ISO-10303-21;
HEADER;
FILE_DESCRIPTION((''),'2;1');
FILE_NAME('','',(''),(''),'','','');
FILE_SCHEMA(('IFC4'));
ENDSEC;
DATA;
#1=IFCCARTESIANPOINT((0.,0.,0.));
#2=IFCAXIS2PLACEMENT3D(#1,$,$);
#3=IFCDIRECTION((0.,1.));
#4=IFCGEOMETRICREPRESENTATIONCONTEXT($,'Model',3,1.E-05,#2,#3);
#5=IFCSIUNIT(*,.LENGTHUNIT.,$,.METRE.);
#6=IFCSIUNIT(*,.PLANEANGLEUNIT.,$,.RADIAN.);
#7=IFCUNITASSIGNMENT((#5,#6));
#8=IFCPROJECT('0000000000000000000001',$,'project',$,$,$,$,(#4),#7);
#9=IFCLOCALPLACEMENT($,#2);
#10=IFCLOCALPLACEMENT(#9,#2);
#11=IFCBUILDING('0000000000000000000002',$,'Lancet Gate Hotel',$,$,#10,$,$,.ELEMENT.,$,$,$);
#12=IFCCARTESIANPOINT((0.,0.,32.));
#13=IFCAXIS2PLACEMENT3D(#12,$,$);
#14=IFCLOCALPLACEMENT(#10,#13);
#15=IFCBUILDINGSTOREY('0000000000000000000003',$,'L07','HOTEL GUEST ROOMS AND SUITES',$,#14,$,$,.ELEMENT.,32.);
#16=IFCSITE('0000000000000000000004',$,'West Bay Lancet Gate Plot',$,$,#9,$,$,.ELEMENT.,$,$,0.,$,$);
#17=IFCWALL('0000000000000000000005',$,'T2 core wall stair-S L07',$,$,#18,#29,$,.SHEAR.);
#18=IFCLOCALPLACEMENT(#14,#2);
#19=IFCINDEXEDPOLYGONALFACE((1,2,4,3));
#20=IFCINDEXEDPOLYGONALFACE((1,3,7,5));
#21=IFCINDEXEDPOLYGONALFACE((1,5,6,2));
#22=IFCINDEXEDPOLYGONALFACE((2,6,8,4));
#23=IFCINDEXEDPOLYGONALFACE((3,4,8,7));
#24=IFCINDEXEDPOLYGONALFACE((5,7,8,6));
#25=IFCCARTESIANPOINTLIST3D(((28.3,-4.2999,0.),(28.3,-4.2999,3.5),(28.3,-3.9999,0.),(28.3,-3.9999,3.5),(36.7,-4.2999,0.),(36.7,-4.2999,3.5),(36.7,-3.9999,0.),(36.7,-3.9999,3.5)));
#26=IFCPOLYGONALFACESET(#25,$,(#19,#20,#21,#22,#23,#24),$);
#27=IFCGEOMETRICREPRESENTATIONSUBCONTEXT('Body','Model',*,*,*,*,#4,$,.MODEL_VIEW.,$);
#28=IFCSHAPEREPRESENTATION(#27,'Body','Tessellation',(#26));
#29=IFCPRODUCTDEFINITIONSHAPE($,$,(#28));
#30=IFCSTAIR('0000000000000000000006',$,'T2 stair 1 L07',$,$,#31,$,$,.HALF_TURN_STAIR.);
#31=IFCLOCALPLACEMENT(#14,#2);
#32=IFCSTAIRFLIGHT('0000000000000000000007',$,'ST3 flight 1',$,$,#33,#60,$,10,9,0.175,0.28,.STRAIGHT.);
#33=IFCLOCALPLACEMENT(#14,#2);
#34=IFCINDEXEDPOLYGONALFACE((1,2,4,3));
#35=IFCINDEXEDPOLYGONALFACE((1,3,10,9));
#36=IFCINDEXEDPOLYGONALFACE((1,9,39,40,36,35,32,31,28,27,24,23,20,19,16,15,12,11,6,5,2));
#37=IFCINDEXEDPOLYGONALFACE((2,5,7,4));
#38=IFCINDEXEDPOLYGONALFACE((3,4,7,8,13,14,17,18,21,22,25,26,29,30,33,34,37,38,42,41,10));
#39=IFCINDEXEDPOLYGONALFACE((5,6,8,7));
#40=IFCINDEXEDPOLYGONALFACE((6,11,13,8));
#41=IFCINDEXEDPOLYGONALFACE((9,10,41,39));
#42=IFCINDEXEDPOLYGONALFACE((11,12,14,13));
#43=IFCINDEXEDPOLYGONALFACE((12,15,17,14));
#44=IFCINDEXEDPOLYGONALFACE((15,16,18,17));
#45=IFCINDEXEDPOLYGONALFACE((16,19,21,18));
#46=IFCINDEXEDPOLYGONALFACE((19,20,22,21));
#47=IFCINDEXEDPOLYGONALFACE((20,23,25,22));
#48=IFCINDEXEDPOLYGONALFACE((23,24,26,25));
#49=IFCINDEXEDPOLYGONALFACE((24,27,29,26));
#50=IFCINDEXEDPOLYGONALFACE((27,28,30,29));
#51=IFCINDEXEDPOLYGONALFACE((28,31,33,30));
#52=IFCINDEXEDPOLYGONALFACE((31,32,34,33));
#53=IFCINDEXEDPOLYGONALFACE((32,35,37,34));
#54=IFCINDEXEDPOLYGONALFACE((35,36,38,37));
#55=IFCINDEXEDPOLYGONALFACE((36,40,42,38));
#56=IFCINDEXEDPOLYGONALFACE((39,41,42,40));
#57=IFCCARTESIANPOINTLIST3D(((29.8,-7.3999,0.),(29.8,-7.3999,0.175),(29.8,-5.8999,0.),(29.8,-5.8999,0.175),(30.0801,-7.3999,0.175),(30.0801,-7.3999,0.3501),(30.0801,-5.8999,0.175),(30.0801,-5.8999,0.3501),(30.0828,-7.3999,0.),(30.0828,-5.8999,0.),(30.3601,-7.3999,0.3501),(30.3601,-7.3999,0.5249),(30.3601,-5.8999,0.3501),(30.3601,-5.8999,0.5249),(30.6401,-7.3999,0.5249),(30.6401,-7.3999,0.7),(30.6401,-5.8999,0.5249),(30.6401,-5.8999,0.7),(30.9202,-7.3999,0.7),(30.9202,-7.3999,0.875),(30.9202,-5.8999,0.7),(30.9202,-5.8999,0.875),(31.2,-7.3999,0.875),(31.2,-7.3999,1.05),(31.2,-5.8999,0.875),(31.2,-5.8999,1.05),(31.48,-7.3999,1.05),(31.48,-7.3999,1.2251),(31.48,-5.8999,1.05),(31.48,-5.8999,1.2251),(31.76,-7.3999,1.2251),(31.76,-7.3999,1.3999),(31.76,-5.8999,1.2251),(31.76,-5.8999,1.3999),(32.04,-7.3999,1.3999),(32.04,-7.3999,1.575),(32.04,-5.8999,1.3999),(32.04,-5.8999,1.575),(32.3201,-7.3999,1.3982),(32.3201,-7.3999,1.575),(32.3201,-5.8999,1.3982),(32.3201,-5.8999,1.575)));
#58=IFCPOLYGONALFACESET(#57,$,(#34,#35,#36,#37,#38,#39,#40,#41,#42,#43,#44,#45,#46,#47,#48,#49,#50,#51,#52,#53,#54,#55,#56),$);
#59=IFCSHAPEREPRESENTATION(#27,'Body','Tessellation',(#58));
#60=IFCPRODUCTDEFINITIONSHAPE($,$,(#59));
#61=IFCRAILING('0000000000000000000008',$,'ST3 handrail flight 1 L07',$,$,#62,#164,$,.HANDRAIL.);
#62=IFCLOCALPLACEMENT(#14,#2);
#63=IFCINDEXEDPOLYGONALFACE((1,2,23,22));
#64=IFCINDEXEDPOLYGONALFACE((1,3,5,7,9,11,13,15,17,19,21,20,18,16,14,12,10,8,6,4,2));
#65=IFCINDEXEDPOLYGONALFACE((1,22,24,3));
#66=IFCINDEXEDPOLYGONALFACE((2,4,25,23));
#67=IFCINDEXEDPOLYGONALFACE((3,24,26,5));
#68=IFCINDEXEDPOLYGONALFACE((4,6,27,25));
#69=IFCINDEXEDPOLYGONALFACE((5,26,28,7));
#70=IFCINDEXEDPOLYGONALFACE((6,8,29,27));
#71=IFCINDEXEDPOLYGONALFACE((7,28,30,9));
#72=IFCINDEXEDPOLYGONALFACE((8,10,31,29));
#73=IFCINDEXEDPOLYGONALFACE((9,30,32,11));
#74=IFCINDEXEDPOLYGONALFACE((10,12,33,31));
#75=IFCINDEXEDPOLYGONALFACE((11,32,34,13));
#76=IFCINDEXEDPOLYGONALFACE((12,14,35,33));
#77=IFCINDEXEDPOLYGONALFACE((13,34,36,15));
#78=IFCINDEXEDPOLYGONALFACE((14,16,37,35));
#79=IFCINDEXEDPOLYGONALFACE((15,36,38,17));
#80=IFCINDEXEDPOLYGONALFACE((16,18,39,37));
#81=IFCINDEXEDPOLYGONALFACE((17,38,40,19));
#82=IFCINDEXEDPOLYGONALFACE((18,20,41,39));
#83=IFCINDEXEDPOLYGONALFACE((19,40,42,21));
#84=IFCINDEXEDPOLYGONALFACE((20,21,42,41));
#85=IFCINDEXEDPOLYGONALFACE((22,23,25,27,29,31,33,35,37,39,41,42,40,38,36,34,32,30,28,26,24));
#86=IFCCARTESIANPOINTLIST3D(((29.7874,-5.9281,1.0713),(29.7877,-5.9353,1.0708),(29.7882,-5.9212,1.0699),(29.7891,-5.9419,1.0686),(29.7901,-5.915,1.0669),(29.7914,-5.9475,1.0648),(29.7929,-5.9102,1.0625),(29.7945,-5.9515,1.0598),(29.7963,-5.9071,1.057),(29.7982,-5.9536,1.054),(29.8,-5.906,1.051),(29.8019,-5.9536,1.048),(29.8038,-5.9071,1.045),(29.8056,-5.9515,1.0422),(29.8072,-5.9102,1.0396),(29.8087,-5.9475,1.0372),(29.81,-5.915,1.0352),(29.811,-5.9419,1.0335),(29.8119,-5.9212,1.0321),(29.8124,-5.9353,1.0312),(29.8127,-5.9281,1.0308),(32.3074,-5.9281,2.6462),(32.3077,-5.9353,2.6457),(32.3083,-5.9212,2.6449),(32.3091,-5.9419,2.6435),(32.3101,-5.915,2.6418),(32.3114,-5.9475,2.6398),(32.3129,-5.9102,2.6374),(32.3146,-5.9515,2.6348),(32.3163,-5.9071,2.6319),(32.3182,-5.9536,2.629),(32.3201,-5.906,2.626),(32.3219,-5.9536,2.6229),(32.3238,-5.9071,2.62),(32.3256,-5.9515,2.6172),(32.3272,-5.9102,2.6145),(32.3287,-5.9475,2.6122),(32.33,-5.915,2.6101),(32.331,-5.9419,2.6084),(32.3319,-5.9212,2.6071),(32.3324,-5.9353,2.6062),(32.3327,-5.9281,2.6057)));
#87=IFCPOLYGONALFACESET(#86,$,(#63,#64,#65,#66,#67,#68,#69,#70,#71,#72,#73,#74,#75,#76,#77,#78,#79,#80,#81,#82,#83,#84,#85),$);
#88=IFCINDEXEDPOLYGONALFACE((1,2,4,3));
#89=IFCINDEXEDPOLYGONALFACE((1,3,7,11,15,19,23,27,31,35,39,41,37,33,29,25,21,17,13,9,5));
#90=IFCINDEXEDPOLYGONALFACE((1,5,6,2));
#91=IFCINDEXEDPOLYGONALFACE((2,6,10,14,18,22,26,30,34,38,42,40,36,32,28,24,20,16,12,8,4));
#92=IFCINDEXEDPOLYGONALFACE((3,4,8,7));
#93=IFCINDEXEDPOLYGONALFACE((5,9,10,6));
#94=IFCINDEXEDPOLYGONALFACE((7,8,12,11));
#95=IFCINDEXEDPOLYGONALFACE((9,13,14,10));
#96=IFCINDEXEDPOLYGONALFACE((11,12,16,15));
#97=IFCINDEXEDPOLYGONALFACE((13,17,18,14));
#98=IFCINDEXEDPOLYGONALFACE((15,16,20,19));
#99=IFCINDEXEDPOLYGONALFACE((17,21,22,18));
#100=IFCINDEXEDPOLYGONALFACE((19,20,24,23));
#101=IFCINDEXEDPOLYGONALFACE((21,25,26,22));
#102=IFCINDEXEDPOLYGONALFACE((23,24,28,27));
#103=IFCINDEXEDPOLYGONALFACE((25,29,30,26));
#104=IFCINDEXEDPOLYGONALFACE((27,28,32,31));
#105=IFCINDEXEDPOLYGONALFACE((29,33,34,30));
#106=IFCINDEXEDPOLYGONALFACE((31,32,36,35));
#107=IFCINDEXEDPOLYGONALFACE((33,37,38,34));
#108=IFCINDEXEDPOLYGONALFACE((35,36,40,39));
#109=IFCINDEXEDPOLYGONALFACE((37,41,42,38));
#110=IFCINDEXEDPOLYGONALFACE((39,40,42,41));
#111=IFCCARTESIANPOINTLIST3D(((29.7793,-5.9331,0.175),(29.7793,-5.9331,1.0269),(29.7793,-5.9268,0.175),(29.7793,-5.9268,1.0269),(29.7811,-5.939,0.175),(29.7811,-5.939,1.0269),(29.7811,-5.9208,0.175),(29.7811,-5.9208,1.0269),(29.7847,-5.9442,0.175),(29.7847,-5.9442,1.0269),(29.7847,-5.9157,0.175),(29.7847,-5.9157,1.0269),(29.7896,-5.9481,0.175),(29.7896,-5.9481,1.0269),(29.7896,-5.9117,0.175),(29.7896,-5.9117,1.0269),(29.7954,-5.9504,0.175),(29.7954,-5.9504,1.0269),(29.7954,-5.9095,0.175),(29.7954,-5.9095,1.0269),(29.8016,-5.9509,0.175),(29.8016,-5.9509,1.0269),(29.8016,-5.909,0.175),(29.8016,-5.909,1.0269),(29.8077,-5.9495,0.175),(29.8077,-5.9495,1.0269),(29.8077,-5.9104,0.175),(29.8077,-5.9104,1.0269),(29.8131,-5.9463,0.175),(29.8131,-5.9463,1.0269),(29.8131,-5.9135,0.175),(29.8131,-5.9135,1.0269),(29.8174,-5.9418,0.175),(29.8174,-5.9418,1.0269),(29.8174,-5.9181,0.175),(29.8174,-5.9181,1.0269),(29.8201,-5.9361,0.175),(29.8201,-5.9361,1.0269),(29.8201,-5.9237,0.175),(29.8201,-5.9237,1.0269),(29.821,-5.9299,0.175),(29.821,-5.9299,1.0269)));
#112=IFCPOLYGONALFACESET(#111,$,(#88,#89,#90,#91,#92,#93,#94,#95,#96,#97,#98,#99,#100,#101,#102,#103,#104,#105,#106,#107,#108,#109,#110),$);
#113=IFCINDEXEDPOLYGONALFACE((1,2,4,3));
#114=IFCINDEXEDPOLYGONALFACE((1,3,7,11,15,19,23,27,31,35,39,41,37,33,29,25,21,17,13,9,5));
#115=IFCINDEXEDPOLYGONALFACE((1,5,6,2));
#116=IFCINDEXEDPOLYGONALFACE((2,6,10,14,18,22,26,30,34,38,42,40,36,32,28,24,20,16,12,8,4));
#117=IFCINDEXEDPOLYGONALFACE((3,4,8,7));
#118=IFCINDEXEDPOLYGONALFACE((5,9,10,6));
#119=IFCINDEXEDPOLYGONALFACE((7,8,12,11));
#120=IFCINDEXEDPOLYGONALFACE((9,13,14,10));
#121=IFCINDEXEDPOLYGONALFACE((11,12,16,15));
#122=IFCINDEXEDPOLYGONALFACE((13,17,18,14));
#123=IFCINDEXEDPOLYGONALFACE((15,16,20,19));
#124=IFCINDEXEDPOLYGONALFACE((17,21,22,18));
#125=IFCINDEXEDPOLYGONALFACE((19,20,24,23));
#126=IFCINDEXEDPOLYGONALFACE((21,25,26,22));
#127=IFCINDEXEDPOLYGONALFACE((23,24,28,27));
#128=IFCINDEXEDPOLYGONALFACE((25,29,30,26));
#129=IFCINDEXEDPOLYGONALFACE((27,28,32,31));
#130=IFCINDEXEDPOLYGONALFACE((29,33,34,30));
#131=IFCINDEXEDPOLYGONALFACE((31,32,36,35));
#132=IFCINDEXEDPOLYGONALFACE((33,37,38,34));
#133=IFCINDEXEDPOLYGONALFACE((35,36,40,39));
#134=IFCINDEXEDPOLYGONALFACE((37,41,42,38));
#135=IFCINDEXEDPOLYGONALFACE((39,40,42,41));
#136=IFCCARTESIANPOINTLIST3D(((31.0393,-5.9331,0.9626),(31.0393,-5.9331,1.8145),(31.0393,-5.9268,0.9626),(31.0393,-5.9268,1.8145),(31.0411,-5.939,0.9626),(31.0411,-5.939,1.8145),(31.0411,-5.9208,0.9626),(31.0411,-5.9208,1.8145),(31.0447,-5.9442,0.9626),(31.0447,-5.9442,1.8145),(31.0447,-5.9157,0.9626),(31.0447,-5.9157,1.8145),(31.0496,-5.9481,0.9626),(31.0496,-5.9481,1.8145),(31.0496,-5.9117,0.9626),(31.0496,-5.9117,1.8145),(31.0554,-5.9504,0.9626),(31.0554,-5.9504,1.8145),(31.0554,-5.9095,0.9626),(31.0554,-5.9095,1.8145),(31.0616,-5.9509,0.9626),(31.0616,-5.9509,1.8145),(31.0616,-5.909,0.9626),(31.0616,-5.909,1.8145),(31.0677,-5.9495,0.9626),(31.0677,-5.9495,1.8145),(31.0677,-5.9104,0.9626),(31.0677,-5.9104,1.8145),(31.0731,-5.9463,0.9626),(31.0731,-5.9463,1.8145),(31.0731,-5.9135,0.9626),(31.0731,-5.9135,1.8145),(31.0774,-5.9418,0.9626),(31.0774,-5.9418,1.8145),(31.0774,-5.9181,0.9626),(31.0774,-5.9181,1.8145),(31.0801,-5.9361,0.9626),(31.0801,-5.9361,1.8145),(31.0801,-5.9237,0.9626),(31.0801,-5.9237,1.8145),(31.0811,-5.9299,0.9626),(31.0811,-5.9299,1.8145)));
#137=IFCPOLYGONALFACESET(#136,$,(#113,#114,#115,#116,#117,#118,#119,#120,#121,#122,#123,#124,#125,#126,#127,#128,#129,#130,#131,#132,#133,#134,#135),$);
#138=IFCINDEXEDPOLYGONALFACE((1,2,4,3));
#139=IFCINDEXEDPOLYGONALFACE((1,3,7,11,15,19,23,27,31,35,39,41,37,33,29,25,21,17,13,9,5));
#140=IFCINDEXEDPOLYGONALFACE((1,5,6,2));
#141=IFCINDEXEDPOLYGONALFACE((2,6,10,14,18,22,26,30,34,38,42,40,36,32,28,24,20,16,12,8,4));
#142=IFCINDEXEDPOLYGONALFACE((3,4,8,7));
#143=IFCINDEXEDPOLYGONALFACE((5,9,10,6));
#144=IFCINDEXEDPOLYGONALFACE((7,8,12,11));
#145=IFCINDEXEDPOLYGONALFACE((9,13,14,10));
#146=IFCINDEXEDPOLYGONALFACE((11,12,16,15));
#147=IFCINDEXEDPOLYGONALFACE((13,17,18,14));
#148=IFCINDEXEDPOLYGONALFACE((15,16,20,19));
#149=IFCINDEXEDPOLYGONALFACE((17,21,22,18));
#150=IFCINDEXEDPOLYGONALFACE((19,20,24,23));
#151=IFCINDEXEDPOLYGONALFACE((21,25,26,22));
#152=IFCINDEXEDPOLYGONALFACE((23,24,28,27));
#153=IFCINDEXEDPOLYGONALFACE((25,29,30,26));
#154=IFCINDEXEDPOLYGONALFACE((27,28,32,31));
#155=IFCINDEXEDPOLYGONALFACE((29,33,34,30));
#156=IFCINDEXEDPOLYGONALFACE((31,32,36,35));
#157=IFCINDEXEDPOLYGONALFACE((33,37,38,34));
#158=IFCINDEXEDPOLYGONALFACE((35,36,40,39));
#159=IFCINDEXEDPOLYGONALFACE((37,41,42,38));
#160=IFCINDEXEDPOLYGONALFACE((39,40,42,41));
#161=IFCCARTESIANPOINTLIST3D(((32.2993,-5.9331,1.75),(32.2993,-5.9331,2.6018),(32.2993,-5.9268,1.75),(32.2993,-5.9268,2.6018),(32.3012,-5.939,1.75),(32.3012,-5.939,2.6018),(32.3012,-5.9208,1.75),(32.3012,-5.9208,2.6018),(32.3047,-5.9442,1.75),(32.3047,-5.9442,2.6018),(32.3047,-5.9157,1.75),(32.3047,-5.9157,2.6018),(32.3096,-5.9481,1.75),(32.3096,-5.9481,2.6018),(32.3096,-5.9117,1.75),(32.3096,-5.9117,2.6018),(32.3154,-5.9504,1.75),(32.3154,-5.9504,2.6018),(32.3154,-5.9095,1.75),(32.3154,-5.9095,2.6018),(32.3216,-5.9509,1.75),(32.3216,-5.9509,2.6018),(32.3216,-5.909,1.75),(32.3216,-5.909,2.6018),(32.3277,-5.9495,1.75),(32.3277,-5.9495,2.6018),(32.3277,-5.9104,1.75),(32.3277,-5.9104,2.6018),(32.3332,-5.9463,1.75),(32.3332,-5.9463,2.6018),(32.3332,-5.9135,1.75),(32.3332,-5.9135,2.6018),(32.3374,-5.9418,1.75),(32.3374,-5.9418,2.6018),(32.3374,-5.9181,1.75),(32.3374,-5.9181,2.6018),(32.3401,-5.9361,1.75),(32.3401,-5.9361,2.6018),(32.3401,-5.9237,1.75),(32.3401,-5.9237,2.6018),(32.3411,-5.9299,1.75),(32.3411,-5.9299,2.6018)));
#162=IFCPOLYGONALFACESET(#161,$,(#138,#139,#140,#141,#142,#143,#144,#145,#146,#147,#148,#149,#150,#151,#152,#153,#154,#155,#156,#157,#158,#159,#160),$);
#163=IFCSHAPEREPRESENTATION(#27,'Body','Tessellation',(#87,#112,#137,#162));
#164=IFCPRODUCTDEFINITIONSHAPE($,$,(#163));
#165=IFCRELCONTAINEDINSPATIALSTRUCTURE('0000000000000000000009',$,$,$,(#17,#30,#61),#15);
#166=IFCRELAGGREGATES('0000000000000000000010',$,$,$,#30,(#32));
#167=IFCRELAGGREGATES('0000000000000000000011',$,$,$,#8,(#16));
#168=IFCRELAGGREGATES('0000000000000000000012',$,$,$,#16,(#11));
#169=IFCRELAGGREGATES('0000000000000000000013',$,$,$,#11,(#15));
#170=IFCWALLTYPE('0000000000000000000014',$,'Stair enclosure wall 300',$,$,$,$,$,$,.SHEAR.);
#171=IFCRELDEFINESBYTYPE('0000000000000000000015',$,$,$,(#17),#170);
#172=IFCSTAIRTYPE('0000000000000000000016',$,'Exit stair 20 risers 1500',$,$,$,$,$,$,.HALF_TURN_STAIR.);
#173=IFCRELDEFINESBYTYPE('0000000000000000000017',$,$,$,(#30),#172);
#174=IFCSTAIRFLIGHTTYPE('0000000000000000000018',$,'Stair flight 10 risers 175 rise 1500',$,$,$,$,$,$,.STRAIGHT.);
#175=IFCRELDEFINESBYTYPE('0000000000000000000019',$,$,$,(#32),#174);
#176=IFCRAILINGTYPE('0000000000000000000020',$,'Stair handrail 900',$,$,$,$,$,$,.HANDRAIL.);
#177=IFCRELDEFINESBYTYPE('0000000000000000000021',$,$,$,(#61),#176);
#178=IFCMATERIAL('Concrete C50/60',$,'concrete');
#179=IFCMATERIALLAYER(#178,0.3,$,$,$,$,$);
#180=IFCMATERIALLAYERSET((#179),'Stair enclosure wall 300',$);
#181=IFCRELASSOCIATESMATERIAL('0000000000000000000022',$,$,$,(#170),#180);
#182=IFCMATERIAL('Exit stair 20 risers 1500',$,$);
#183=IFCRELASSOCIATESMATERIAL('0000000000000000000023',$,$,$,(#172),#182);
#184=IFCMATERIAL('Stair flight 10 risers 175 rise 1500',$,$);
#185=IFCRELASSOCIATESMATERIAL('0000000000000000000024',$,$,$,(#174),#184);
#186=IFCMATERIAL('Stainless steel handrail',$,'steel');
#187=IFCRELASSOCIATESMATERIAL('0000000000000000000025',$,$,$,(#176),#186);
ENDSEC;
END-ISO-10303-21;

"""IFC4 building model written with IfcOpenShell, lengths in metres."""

from ifc_helpers import new_model, si_unit, direction, frame, frame_2d, origin, origin_2d, place, context, subcontext, project, spatial, polyline, rectangle, circle, outline, extrude, material, layer, layer_set, type_object, element, aggregate, save


model = new_model("IFC4")

# Units and contexts
model_context = context("Model", 3, precision=1e-05, world=origin(), true_north=direction((0.0, 1.0)))
body_context = subcontext(model_context, "Body", "Model", "MODEL_VIEW")
ifc_project = project(units=[si_unit("LENGTHUNIT", "METRE"), si_unit("PLANEANGLEUNIT", "RADIAN")], contexts=[model_context])

# Site, building, storey
site_placement = place(None, origin())
site = spatial("IfcSite", under=ifc_project, at=site_placement, Name="West Bay Lancet Gate Plot", CompositionType="ELEMENT", RefElevation=0.0)
building_placement = place(site_placement, origin())
building = spatial("IfcBuilding", under=site, at=building_placement, Name="Lancet Gate Hotel", CompositionType="ELEMENT")
storey_placement = place(building_placement, frame((0.0, 0.0, 32.0)))
storey = spatial("IfcBuildingStorey", under=building, at=storey_placement, Name="L07", Description="HOTEL GUEST ROOMS AND SUITES", CompositionType="ELEMENT", Elevation=32.0)

# Wall
ifc_material_1 = material(Name="Concrete C50/60", Category="concrete")
ifc_layer_1 = layer(ifc_material_1, 0.3)
ifc_layer_set_1 = layer_set([ifc_layer_1], Name="Stair enclosure wall 300")
wall_type_1 = type_object("IfcWallType", Name="Stair enclosure wall 300", PredefinedType="SHEAR", material=ifc_layer_set_1)
wall_1_placement = place(storey_placement, frame((28.3, -4.1499, 0.0), z_axis=(0.0, 0.0, 1.0), x_axis=(1.0, 0.0, 0.0)))
element("IfcWall", 1, at=wall_1_placement, inside=storey, type_object=wall_type_1, Name="T2 core wall stair-S L07", PredefinedType="SHEAR", context=body_context, shape_type="SweptSolid", body=[
    extrude(rectangle(XDim=8.3999, YDim=0.3, at=frame_2d((4.2, 0.0))), origin(), (0.0, 0.0, 1.0), 3.5),
])

# Stair, stair flight
ifc_material_2 = material(Name="Exit stair 20 risers 1500")
stair_type = type_object("IfcStairType", Name="Exit stair 20 risers 1500", PredefinedType="HALF_TURN_STAIR", material=ifc_material_2)
stair_placement = place(storey_placement, origin())
stair = element("IfcStair", 2, at=stair_placement, inside=storey, type_object=stair_type, Name="T2 stair 1 L07", PredefinedType="HALF_TURN_STAIR")
ifc_material_3 = material(Name="Stair flight 10 risers 175 rise 1500")
stair_flight_type = type_object("IfcStairFlightType", Name="Stair flight 10 risers 175 rise 1500", PredefinedType="STRAIGHT", material=ifc_material_3)
stair_flight_placement = place(storey_placement, frame((29.8, -6.6499, 0.0), z_axis=(0.0, 0.0, 1.0), x_axis=(1.0, 0.0, 0.0)))
stair_flight = element("IfcStairFlight", 3, at=stair_flight_placement, type_object=stair_flight_type, Name="ST3 flight 1", NumberOfRisers=10, NumberOfTreads=9, PredefinedType="STRAIGHT", RiserHeight=0.175, TreadLength=0.28, context=body_context, shape_type="SweptSolid", body=[
    extrude(outline(polyline([(0.0, 0.0), (0.0, 0.175), (0.28, 0.175), (0.28, 0.3501), (0.5601, 0.3501), (0.5601, 0.5249), (0.8401, 0.5249), (0.8401, 0.7), (1.1201, 0.7), (1.1201, 0.875), (1.3999, 0.875), (1.3999, 1.05), (1.6799, 1.05), (1.6799, 1.2251), (1.96, 1.2251), (1.96, 1.3999), (2.24, 1.3999), (2.24, 1.575), (2.52, 1.575), (2.52, 1.75), (2.52, 1.3982), (0.2827, 0.0), (0.0, 0.0)])), frame((0.0, 0.75, 0.0), z_axis=(0.0, -1.0, 0.0), x_axis=(1.0, 0.0, 0.0)), (0.0, 0.0, 1.0), 1.5),
])
aggregate(stair, [stair_flight])

# Railing
ifc_material_4 = material(Name="Stainless steel handrail", Category="steel")
railing_type = type_object("IfcRailingType", Name="Stair handrail 900", PredefinedType="HANDRAIL", material=ifc_material_4)
railing_placement = place(storey_placement, frame((29.8, -5.9299, 0.175)))
element("IfcRailing", 4, at=railing_placement, inside=storey, type_object=railing_type, Name="ST3 handrail flight 1 L07", PredefinedType="HANDRAIL", context=body_context, shape_type="SweptSolid", body=[
    extrude(circle(Radius=0.0239, at=origin_2d()), frame((0.0, 0.0, 0.876), z_axis=(0.848008, 0.0, 0.529984), x_axis=(0.0, 1.0, 0.0)), (0.0, 0.0, 1.0), 2.9717),
    extrude(circle(Radius=0.021, at=origin_2d()), origin(), (0.0, 0.0, 1.0), 0.8518),
    extrude(circle(Radius=0.021, at=origin_2d()), frame((1.26, 0.0, 0.7876)), (0.0, 0.0, 1.0), 0.8518),
    extrude(circle(Radius=0.021, at=origin_2d()), frame((2.52, 0.0, 1.575)), (0.0, 0.0, 1.0), 0.8518),
])

save(model, "model.ifc")
